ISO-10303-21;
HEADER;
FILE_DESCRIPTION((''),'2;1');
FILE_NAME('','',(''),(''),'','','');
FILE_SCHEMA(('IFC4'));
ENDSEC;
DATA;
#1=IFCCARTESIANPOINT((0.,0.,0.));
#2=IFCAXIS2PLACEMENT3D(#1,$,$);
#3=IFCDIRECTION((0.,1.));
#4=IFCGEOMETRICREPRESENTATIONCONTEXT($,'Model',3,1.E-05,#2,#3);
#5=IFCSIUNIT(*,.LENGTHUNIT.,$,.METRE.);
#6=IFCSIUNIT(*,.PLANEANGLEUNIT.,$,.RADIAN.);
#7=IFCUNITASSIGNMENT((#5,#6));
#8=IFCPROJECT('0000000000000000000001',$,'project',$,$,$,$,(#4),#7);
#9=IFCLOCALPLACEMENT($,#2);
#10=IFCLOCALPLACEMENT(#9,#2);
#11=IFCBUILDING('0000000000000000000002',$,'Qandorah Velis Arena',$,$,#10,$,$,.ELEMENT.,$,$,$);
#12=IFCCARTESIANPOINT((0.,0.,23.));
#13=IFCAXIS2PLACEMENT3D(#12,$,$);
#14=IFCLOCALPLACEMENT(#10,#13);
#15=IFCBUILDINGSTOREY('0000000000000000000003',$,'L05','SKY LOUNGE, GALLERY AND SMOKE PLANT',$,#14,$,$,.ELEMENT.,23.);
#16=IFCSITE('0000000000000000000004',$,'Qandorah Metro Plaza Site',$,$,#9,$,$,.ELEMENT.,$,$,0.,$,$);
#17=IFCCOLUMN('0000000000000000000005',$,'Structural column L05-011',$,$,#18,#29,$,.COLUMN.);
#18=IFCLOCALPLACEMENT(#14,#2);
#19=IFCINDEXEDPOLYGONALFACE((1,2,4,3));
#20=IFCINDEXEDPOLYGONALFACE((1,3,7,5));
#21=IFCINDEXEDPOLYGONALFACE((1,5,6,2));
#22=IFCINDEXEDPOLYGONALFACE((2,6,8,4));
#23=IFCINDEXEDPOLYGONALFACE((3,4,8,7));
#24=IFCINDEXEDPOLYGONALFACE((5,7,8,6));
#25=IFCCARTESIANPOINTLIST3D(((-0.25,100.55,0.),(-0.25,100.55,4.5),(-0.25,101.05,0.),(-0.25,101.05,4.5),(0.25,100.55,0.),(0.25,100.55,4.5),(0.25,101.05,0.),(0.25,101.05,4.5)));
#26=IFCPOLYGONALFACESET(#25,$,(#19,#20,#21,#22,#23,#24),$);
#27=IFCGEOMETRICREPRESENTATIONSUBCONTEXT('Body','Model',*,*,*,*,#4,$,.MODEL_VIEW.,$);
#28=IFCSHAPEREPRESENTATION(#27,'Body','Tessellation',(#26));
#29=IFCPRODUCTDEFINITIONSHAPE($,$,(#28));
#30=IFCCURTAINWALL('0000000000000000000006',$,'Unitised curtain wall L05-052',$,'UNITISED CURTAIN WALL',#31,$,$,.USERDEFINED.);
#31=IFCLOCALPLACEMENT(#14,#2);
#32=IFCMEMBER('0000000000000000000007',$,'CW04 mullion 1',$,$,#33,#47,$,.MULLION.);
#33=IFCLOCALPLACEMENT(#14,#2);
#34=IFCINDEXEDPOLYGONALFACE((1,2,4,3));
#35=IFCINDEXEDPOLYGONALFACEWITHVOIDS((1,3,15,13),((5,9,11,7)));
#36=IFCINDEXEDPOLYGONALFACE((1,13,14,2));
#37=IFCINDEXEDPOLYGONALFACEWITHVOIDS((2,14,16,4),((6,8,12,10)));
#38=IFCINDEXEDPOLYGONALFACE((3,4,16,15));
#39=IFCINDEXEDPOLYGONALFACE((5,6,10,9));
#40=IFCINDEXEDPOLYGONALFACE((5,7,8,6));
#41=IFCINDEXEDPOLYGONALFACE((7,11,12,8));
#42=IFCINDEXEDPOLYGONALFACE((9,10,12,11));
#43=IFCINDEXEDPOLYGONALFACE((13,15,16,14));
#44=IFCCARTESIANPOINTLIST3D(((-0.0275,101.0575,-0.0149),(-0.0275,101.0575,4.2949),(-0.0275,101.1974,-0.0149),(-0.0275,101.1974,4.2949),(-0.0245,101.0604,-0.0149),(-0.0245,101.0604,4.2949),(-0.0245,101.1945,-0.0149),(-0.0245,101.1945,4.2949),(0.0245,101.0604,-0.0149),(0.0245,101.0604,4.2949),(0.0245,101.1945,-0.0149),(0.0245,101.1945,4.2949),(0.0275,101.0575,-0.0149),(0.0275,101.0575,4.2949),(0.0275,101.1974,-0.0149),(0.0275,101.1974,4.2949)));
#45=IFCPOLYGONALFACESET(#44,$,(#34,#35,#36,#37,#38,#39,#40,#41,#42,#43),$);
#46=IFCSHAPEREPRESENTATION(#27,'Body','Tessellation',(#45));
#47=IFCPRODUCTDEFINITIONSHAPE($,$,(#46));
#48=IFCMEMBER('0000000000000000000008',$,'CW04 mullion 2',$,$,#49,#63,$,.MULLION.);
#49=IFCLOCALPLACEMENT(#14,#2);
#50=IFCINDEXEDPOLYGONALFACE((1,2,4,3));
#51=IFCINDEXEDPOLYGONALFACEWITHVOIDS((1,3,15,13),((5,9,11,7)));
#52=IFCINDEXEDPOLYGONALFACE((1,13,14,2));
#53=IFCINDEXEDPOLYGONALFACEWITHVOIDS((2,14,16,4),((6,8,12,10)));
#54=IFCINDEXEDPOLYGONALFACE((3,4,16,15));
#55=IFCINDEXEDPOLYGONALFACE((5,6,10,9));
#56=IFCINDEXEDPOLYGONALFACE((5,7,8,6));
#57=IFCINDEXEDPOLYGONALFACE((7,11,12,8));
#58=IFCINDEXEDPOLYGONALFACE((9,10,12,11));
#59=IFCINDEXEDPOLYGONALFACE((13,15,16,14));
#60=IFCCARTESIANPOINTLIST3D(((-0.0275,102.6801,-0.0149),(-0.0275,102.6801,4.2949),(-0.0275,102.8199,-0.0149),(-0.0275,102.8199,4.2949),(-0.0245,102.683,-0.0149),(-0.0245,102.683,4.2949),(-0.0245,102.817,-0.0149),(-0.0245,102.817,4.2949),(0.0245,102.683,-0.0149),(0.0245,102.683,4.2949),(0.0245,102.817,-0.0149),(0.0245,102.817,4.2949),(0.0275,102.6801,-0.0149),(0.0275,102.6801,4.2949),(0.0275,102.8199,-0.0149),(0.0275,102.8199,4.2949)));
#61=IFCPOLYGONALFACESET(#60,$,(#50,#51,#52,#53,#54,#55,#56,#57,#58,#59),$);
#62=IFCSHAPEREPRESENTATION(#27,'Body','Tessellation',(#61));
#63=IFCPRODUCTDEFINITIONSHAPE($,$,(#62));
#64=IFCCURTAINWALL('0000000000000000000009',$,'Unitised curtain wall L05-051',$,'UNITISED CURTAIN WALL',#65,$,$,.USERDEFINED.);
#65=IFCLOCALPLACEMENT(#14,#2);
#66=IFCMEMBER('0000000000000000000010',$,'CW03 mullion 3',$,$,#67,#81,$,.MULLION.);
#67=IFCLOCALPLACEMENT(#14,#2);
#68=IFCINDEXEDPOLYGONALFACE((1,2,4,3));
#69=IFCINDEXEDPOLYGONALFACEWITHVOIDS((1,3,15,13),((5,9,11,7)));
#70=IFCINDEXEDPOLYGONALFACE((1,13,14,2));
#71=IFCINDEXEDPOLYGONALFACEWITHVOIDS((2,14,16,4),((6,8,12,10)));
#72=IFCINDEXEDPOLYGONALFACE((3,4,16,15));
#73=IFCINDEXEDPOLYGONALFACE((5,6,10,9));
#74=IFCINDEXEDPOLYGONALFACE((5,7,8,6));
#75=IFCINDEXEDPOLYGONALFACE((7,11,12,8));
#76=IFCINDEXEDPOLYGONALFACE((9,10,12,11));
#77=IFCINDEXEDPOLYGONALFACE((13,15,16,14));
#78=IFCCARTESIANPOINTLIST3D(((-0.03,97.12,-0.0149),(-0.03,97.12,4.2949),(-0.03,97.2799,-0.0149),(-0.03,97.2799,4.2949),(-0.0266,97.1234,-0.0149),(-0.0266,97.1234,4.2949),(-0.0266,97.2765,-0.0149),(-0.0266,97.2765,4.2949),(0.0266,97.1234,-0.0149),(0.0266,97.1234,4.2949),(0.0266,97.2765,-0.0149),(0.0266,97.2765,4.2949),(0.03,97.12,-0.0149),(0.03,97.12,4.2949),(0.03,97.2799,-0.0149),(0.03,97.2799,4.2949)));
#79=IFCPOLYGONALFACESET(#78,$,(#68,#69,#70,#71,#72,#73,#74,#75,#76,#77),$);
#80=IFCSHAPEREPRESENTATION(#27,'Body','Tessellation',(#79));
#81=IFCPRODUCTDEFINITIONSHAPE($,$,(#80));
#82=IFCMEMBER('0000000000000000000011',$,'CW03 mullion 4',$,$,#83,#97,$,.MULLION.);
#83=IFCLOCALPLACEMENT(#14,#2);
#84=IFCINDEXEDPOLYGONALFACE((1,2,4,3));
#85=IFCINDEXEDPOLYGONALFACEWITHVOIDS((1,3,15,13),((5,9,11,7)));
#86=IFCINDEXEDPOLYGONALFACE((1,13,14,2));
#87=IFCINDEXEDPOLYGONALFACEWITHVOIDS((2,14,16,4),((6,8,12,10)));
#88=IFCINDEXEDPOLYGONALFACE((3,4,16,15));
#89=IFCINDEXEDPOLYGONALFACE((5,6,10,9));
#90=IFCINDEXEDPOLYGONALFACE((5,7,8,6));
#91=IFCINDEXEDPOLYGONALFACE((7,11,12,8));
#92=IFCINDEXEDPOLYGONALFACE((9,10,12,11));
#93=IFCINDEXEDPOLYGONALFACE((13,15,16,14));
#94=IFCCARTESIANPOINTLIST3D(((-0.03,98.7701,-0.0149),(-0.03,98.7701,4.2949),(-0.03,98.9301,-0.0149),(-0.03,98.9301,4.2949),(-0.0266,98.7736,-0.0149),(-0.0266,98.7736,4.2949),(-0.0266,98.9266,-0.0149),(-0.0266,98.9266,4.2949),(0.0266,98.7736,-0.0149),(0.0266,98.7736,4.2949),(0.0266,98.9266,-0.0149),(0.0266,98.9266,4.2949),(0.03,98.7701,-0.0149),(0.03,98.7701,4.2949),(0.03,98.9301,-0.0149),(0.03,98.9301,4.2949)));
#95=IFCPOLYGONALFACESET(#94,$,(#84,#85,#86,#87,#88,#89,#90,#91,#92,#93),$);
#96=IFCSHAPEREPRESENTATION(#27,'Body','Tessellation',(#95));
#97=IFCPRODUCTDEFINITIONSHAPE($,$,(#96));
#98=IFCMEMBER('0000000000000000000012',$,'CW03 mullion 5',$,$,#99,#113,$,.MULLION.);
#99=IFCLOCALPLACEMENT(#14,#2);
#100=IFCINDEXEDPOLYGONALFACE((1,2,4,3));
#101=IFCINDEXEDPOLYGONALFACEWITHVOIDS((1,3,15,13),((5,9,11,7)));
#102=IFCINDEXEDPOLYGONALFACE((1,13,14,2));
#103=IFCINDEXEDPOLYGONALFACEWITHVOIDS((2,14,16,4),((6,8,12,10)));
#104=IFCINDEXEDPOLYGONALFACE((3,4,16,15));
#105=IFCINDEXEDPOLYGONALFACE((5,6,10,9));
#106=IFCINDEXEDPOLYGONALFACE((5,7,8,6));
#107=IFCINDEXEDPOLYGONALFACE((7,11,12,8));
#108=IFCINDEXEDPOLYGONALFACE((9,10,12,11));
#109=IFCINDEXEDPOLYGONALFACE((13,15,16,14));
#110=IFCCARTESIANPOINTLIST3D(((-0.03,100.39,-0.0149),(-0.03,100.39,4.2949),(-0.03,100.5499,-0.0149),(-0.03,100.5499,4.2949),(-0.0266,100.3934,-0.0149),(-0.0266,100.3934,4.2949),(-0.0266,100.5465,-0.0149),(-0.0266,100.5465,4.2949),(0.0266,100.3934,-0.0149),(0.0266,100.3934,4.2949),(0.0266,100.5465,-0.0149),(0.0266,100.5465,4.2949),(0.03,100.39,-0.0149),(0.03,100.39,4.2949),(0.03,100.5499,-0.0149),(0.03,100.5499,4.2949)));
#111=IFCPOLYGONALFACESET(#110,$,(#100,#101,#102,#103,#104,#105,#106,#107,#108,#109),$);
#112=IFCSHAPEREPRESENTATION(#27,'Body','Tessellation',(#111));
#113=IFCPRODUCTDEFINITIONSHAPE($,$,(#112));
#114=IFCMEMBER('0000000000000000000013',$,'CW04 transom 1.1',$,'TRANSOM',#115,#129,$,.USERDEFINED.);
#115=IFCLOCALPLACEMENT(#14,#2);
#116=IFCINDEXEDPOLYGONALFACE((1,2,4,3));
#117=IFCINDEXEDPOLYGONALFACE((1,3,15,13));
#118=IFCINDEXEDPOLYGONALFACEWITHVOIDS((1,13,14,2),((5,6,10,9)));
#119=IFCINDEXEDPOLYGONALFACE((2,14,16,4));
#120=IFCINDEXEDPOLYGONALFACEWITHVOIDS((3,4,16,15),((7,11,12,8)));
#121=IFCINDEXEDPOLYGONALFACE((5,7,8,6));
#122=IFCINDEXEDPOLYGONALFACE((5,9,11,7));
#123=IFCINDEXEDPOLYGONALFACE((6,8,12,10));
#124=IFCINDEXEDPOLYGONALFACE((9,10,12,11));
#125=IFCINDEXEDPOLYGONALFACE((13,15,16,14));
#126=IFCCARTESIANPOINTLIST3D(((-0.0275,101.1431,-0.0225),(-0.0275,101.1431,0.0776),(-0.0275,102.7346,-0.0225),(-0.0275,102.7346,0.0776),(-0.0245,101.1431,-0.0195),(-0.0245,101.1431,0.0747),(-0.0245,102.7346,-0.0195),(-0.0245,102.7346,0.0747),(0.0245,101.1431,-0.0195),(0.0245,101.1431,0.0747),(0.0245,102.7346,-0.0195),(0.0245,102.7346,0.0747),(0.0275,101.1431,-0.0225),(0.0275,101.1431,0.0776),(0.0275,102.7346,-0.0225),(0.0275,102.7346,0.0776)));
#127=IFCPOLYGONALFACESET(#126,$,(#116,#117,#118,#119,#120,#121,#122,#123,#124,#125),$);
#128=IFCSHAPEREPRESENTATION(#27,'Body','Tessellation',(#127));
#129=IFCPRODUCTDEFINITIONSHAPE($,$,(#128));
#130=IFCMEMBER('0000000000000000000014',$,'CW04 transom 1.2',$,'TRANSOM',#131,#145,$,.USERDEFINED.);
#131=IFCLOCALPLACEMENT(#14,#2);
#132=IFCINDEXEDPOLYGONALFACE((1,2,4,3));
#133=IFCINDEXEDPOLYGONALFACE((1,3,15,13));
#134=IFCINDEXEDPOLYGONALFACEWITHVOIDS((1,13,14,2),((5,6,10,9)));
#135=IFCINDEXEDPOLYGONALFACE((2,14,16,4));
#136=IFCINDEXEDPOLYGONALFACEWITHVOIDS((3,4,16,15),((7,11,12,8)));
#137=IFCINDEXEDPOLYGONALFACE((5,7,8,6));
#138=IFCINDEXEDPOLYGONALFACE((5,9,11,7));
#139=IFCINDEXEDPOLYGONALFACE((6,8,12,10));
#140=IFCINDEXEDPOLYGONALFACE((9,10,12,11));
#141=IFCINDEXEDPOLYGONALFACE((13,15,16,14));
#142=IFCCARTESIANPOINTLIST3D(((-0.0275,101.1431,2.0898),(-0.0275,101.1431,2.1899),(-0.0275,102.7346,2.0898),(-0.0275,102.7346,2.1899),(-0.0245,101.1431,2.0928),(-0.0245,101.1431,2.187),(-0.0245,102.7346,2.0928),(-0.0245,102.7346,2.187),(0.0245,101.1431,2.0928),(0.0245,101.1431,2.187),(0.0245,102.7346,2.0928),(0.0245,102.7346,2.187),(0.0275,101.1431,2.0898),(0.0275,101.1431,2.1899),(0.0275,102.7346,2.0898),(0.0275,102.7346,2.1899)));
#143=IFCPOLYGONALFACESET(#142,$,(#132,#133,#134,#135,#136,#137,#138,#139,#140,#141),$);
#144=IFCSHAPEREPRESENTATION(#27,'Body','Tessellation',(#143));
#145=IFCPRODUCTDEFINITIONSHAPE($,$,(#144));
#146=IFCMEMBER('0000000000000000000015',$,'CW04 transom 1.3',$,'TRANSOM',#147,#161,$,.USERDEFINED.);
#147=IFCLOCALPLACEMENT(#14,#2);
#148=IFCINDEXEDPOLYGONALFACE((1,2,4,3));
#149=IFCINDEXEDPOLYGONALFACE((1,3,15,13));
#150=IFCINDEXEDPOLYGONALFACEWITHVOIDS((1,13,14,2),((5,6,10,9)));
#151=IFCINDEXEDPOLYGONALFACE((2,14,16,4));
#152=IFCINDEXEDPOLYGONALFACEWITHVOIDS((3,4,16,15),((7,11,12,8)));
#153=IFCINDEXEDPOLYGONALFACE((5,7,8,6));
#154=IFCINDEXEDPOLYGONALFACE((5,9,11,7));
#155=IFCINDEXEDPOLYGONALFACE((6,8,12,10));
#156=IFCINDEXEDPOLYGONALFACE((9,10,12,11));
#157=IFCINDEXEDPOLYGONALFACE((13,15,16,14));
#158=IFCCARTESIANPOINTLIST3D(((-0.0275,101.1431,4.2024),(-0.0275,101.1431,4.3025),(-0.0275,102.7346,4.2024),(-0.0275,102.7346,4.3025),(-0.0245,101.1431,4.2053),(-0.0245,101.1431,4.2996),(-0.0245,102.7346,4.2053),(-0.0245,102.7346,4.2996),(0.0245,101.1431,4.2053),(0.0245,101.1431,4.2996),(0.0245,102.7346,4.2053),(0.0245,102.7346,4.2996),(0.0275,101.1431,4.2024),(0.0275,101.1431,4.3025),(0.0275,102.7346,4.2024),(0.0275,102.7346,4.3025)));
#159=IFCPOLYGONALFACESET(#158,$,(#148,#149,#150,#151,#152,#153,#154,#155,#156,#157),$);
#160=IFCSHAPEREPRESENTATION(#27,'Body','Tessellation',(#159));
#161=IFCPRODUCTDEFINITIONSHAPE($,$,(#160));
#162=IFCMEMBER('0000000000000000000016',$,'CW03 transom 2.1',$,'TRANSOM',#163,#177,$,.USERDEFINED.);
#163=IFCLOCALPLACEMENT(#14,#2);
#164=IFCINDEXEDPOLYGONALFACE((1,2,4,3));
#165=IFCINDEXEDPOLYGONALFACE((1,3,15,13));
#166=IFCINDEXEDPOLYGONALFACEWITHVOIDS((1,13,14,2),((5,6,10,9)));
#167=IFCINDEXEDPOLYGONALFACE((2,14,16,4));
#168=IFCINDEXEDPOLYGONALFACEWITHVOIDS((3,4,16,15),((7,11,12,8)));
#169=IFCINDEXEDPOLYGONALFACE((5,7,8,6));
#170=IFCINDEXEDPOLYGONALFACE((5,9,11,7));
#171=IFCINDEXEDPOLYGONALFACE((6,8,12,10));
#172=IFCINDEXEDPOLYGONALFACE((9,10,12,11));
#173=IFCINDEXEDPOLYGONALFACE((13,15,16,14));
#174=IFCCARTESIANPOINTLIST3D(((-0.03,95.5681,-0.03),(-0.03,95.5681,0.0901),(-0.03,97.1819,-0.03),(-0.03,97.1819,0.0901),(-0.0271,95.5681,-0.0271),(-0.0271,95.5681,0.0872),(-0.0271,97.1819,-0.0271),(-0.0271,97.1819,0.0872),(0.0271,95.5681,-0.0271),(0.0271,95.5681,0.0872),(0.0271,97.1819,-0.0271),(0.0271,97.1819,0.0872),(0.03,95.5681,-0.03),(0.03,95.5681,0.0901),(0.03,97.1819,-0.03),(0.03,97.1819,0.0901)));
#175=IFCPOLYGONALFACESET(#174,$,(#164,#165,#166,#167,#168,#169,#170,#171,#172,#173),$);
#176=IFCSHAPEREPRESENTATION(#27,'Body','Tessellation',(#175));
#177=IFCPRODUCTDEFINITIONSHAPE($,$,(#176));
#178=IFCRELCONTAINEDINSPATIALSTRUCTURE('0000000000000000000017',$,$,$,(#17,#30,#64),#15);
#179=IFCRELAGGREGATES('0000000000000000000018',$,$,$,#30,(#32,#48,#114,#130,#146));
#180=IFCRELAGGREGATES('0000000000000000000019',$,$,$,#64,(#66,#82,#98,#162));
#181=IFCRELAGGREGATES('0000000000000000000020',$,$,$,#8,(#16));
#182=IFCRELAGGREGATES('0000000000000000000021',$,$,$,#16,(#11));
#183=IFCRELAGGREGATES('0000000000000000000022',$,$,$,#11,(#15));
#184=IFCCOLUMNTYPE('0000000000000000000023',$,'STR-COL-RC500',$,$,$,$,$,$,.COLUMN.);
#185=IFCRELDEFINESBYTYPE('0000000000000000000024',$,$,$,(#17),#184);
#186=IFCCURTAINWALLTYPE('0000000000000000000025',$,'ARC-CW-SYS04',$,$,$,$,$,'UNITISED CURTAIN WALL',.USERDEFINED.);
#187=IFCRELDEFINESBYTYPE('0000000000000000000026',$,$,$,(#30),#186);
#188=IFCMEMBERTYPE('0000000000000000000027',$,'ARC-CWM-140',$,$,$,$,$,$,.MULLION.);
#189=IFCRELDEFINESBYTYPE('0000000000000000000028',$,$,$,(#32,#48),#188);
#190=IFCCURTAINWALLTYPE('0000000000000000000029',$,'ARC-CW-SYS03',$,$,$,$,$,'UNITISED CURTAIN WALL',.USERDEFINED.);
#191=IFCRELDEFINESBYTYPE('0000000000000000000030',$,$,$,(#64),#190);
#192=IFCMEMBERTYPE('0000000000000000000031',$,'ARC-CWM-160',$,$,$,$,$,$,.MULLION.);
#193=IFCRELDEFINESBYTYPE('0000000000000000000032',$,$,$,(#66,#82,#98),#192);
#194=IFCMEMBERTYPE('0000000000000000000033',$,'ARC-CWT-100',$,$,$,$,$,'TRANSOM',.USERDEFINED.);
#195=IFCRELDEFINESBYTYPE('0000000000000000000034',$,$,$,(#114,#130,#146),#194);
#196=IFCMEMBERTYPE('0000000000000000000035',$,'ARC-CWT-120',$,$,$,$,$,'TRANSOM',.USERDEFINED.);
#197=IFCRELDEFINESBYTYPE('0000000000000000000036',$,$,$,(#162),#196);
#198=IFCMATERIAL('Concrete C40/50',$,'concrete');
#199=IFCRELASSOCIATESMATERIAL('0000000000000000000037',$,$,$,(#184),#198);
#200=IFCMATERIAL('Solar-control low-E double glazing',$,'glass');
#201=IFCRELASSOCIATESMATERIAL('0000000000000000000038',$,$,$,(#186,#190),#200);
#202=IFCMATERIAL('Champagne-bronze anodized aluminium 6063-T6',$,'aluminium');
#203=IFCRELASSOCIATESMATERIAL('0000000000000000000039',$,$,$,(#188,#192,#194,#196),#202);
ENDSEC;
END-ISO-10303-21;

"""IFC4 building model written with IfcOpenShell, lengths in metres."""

from ifc_helpers import new_model, si_unit, direction, frame, origin, origin_2d, place, context, subcontext, project, spatial, rectangle, hollow_rectangle, extrude, material, material_profile, profile_set, type_object, element, aggregate, save


model = new_model("IFC4")

# Units and contexts
model_context = context("Model", 3, precision=1e-05, world=origin(), true_north=direction((0.0, 1.0)))
body_context = subcontext(model_context, "Body", "Model", "MODEL_VIEW")
ifc_project = project(units=[si_unit("LENGTHUNIT", "METRE"), si_unit("PLANEANGLEUNIT", "RADIAN")], contexts=[model_context])

# Site, building, storey
site_placement = place(None, origin())
site = spatial("IfcSite", under=ifc_project, at=site_placement, Name="Qandorah Metro Plaza Site", CompositionType="ELEMENT", RefElevation=0.0)
building_placement = place(site_placement, origin())
building = spatial("IfcBuilding", under=site, at=building_placement, Name="Qandorah Velis Arena", CompositionType="ELEMENT")
storey_placement = place(building_placement, frame((0.0, 0.0, 23.0)))
storey = spatial("IfcBuildingStorey", under=building, at=storey_placement, Name="L05", Description="SKY LOUNGE, GALLERY AND SMOKE PLANT", CompositionType="ELEMENT", Elevation=23.0)

# Column
ifc_material_1 = material(Name="Concrete C40/50", Category="concrete")
ifc_material_profile_1 = material_profile(ifc_material_1, rectangle(XDim=0.5, YDim=0.5, at=origin_2d()), Name="RC COL 500x500")
ifc_profile_set_1 = profile_set([ifc_material_profile_1], Name="Concrete C40/50")
column_type = type_object("IfcColumnType", Name="STR-COL-RC500", PredefinedType="COLUMN", material=ifc_profile_set_1)
column_placement = place(storey_placement, frame((0.0, 100.8, 0.0), z_axis=(0.0, 0.0, 1.0), x_axis=(1.0, 0.0, 0.0)))
element("IfcColumn", 1, at=column_placement, inside=storey, type_object=column_type, Name="Structural column L05-011", PredefinedType="COLUMN", context=body_context, shape_type="SweptSolid", body=[
    extrude(rectangle(XDim=0.5, YDim=0.5, at=origin_2d()), origin(), (0.0, 0.0, 1.0), 4.5),
])

# Curtain walls, members
ifc_material_2 = material(Name="Solar-control low-E double glazing", Category="glass")
curtain_wall_type_1 = type_object("IfcCurtainWallType", Name="ARC-CW-SYS04", ElementType="UNITISED CURTAIN WALL", PredefinedType="USERDEFINED", material=ifc_material_2)
curtain_wall_1_placement = place(storey_placement, origin())
curtain_wall_1 = element("IfcCurtainWall", 2, at=curtain_wall_1_placement, inside=storey, type_object=curtain_wall_type_1, Name="Unitised curtain wall L05-052", ObjectType="UNITISED CURTAIN WALL", PredefinedType="USERDEFINED")
ifc_material_3 = material(Name="Champagne-bronze anodized aluminium 6063-T6", Category="aluminium")
ifc_material_profile_2 = material_profile(ifc_material_3, hollow_rectangle(XDim=0.0549, YDim=0.1399, WallThickness=0.0029, at=origin_2d()), Name="ALU MULLION 55x140")
ifc_profile_set_2 = profile_set([ifc_material_profile_2], Name="Champagne-bronze anodized aluminium 6063-T6")
member_type_1 = type_object("IfcMemberType", Name="ARC-CWM-140", PredefinedType="MULLION", material=ifc_profile_set_2)
member_1_placement = place(storey_placement, frame((0.0, 101.1274, -0.0149), z_axis=(0.0, 0.0, 1.0), x_axis=(-1.0, 0.0, 0.0)))
member_1 = element("IfcMember", 3, at=member_1_placement, type_object=member_type_1, Name="CW04 mullion 1", PredefinedType="MULLION", context=body_context, shape_type="SweptSolid", body=[
    extrude(hollow_rectangle(XDim=0.0549, YDim=0.1399, WallThickness=0.0029, at=origin_2d()), origin(), (0.0, 0.0, 1.0), 4.3098),
])
member_2_placement = place(storey_placement, frame((0.0, 102.75, -0.0149), z_axis=(0.0, 0.0, 1.0), x_axis=(-1.0, 0.0, 0.0)))
member_2 = element("IfcMember", 4, at=member_2_placement, type_object=member_type_1, Name="CW04 mullion 2", PredefinedType="MULLION", context=body_context, shape_type="SweptSolid", body=[
    extrude(hollow_rectangle(XDim=0.0549, YDim=0.1399, WallThickness=0.0029, at=origin_2d()), origin(), (0.0, 0.0, 1.0), 4.3098),
])
curtain_wall_type_2 = type_object("IfcCurtainWallType", Name="ARC-CW-SYS03", ElementType="UNITISED CURTAIN WALL", PredefinedType="USERDEFINED", material=ifc_material_2)
curtain_wall_2_placement = place(storey_placement, origin())
curtain_wall_2 = element("IfcCurtainWall", 5, at=curtain_wall_2_placement, inside=storey, type_object=curtain_wall_type_2, Name="Unitised curtain wall L05-051", ObjectType="UNITISED CURTAIN WALL", PredefinedType="USERDEFINED")
ifc_material_profile_3 = material_profile(ifc_material_3, hollow_rectangle(XDim=0.0601, YDim=0.1599, WallThickness=0.0034, at=origin_2d()), Name="ALU MULLION 60x160")
ifc_profile_set_3 = profile_set([ifc_material_profile_3], Name="Champagne-bronze anodized aluminium 6063-T6")
member_type_2 = type_object("IfcMemberType", Name="ARC-CWM-160", PredefinedType="MULLION", material=ifc_profile_set_3)
member_3_placement = place(storey_placement, frame((0.0, 97.2, -0.0149), z_axis=(0.0, 0.0, 1.0), x_axis=(-1.0, 0.0, 0.0)))
member_3 = element("IfcMember", 6, at=member_3_placement, type_object=member_type_2, Name="CW03 mullion 3", PredefinedType="MULLION", context=body_context, shape_type="SweptSolid", body=[
    extrude(hollow_rectangle(XDim=0.0601, YDim=0.1599, WallThickness=0.0034, at=origin_2d()), origin(), (0.0, 0.0, 1.0), 4.3098),
])
member_4_placement = place(storey_placement, frame((0.0, 98.8501, -0.0149), z_axis=(0.0, 0.0, 1.0), x_axis=(-1.0, 0.0, 0.0)))
member_4 = element("IfcMember", 7, at=member_4_placement, type_object=member_type_2, Name="CW03 mullion 4", PredefinedType="MULLION", context=body_context, shape_type="SweptSolid", body=[
    extrude(hollow_rectangle(XDim=0.0601, YDim=0.1599, WallThickness=0.0034, at=origin_2d()), origin(), (0.0, 0.0, 1.0), 4.3098),
])
member_5_placement = place(storey_placement, frame((0.0, 100.47, -0.0149), z_axis=(0.0, 0.0, 1.0), x_axis=(-1.0, 0.0, 0.0)))
member_5 = element("IfcMember", 8, at=member_5_placement, type_object=member_type_2, Name="CW03 mullion 5", PredefinedType="MULLION", context=body_context, shape_type="SweptSolid", body=[
    extrude(hollow_rectangle(XDim=0.0601, YDim=0.1599, WallThickness=0.0034, at=origin_2d()), origin(), (0.0, 0.0, 1.0), 4.3098),
])

# Members
ifc_material_profile_4 = material_profile(ifc_material_3, hollow_rectangle(XDim=0.0549, YDim=0.1001, WallThickness=0.0029, at=origin_2d()), Name="ALU TRANSOM 55x100")
ifc_profile_set_4 = profile_set([ifc_material_profile_4], Name="Champagne-bronze anodized aluminium 6063-T6")
member_type_3 = type_object("IfcMemberType", Name="ARC-CWT-100", ElementType="TRANSOM", PredefinedType="USERDEFINED", material=ifc_profile_set_4)
member_6_placement = place(storey_placement, frame((0.0, 101.1431, 0.0276), z_axis=(0.0, 1.0, 0.0), x_axis=(-1.0, 0.0, 0.0)))
member_6 = element("IfcMember", 9, at=member_6_placement, type_object=member_type_3, Name="CW04 transom 1.1", ObjectType="TRANSOM", PredefinedType="USERDEFINED", context=body_context, shape_type="SweptSolid", body=[
    extrude(hollow_rectangle(XDim=0.0549, YDim=0.1001, WallThickness=0.0029, at=origin_2d()), origin(), (0.0, 0.0, 1.0), 1.5916),
])
member_7_placement = place(storey_placement, frame((0.0, 101.1431, 2.1399), z_axis=(0.0, 1.0, 0.0), x_axis=(-1.0, 0.0, 0.0)))
member_7 = element("IfcMember", 10, at=member_7_placement, type_object=member_type_3, Name="CW04 transom 1.2", ObjectType="TRANSOM", PredefinedType="USERDEFINED", context=body_context, shape_type="SweptSolid", body=[
    extrude(hollow_rectangle(XDim=0.0549, YDim=0.1001, WallThickness=0.0029, at=origin_2d()), origin(), (0.0, 0.0, 1.0), 1.5916),
])
member_8_placement = place(storey_placement, frame((0.0, 101.1431, 4.2524), z_axis=(0.0, 1.0, 0.0), x_axis=(-1.0, 0.0, 0.0)))
member_8 = element("IfcMember", 11, at=member_8_placement, type_object=member_type_3, Name="CW04 transom 1.3", ObjectType="TRANSOM", PredefinedType="USERDEFINED", context=body_context, shape_type="SweptSolid", body=[
    extrude(hollow_rectangle(XDim=0.0549, YDim=0.1001, WallThickness=0.0029, at=origin_2d()), origin(), (0.0, 0.0, 1.0), 1.5916),
])
ifc_material_profile_5 = material_profile(ifc_material_3, hollow_rectangle(XDim=0.0601, YDim=0.1201, WallThickness=0.0029, at=origin_2d()), Name="ALU TRANSOM 60x120")
ifc_profile_set_5 = profile_set([ifc_material_profile_5], Name="Champagne-bronze anodized aluminium 6063-T6")
member_type_4 = type_object("IfcMemberType", Name="ARC-CWT-120", ElementType="TRANSOM", PredefinedType="USERDEFINED", material=ifc_profile_set_5)
member_9_placement = place(storey_placement, frame((0.0, 95.5681, 0.03), z_axis=(0.0, 1.0, 0.0), x_axis=(-1.0, 0.0, 0.0)))
member_9 = element("IfcMember", 12, at=member_9_placement, type_object=member_type_4, Name="CW03 transom 2.1", ObjectType="TRANSOM", PredefinedType="USERDEFINED", context=body_context, shape_type="SweptSolid", body=[
    extrude(hollow_rectangle(XDim=0.0601, YDim=0.1201, WallThickness=0.0029, at=origin_2d()), origin(), (0.0, 0.0, 1.0), 1.6138),
])

aggregate(curtain_wall_1, [member_1, member_2, member_6, member_7, member_8])
aggregate(curtain_wall_2, [member_3, member_4, member_5, member_9])

save(model, "model.ifc")
